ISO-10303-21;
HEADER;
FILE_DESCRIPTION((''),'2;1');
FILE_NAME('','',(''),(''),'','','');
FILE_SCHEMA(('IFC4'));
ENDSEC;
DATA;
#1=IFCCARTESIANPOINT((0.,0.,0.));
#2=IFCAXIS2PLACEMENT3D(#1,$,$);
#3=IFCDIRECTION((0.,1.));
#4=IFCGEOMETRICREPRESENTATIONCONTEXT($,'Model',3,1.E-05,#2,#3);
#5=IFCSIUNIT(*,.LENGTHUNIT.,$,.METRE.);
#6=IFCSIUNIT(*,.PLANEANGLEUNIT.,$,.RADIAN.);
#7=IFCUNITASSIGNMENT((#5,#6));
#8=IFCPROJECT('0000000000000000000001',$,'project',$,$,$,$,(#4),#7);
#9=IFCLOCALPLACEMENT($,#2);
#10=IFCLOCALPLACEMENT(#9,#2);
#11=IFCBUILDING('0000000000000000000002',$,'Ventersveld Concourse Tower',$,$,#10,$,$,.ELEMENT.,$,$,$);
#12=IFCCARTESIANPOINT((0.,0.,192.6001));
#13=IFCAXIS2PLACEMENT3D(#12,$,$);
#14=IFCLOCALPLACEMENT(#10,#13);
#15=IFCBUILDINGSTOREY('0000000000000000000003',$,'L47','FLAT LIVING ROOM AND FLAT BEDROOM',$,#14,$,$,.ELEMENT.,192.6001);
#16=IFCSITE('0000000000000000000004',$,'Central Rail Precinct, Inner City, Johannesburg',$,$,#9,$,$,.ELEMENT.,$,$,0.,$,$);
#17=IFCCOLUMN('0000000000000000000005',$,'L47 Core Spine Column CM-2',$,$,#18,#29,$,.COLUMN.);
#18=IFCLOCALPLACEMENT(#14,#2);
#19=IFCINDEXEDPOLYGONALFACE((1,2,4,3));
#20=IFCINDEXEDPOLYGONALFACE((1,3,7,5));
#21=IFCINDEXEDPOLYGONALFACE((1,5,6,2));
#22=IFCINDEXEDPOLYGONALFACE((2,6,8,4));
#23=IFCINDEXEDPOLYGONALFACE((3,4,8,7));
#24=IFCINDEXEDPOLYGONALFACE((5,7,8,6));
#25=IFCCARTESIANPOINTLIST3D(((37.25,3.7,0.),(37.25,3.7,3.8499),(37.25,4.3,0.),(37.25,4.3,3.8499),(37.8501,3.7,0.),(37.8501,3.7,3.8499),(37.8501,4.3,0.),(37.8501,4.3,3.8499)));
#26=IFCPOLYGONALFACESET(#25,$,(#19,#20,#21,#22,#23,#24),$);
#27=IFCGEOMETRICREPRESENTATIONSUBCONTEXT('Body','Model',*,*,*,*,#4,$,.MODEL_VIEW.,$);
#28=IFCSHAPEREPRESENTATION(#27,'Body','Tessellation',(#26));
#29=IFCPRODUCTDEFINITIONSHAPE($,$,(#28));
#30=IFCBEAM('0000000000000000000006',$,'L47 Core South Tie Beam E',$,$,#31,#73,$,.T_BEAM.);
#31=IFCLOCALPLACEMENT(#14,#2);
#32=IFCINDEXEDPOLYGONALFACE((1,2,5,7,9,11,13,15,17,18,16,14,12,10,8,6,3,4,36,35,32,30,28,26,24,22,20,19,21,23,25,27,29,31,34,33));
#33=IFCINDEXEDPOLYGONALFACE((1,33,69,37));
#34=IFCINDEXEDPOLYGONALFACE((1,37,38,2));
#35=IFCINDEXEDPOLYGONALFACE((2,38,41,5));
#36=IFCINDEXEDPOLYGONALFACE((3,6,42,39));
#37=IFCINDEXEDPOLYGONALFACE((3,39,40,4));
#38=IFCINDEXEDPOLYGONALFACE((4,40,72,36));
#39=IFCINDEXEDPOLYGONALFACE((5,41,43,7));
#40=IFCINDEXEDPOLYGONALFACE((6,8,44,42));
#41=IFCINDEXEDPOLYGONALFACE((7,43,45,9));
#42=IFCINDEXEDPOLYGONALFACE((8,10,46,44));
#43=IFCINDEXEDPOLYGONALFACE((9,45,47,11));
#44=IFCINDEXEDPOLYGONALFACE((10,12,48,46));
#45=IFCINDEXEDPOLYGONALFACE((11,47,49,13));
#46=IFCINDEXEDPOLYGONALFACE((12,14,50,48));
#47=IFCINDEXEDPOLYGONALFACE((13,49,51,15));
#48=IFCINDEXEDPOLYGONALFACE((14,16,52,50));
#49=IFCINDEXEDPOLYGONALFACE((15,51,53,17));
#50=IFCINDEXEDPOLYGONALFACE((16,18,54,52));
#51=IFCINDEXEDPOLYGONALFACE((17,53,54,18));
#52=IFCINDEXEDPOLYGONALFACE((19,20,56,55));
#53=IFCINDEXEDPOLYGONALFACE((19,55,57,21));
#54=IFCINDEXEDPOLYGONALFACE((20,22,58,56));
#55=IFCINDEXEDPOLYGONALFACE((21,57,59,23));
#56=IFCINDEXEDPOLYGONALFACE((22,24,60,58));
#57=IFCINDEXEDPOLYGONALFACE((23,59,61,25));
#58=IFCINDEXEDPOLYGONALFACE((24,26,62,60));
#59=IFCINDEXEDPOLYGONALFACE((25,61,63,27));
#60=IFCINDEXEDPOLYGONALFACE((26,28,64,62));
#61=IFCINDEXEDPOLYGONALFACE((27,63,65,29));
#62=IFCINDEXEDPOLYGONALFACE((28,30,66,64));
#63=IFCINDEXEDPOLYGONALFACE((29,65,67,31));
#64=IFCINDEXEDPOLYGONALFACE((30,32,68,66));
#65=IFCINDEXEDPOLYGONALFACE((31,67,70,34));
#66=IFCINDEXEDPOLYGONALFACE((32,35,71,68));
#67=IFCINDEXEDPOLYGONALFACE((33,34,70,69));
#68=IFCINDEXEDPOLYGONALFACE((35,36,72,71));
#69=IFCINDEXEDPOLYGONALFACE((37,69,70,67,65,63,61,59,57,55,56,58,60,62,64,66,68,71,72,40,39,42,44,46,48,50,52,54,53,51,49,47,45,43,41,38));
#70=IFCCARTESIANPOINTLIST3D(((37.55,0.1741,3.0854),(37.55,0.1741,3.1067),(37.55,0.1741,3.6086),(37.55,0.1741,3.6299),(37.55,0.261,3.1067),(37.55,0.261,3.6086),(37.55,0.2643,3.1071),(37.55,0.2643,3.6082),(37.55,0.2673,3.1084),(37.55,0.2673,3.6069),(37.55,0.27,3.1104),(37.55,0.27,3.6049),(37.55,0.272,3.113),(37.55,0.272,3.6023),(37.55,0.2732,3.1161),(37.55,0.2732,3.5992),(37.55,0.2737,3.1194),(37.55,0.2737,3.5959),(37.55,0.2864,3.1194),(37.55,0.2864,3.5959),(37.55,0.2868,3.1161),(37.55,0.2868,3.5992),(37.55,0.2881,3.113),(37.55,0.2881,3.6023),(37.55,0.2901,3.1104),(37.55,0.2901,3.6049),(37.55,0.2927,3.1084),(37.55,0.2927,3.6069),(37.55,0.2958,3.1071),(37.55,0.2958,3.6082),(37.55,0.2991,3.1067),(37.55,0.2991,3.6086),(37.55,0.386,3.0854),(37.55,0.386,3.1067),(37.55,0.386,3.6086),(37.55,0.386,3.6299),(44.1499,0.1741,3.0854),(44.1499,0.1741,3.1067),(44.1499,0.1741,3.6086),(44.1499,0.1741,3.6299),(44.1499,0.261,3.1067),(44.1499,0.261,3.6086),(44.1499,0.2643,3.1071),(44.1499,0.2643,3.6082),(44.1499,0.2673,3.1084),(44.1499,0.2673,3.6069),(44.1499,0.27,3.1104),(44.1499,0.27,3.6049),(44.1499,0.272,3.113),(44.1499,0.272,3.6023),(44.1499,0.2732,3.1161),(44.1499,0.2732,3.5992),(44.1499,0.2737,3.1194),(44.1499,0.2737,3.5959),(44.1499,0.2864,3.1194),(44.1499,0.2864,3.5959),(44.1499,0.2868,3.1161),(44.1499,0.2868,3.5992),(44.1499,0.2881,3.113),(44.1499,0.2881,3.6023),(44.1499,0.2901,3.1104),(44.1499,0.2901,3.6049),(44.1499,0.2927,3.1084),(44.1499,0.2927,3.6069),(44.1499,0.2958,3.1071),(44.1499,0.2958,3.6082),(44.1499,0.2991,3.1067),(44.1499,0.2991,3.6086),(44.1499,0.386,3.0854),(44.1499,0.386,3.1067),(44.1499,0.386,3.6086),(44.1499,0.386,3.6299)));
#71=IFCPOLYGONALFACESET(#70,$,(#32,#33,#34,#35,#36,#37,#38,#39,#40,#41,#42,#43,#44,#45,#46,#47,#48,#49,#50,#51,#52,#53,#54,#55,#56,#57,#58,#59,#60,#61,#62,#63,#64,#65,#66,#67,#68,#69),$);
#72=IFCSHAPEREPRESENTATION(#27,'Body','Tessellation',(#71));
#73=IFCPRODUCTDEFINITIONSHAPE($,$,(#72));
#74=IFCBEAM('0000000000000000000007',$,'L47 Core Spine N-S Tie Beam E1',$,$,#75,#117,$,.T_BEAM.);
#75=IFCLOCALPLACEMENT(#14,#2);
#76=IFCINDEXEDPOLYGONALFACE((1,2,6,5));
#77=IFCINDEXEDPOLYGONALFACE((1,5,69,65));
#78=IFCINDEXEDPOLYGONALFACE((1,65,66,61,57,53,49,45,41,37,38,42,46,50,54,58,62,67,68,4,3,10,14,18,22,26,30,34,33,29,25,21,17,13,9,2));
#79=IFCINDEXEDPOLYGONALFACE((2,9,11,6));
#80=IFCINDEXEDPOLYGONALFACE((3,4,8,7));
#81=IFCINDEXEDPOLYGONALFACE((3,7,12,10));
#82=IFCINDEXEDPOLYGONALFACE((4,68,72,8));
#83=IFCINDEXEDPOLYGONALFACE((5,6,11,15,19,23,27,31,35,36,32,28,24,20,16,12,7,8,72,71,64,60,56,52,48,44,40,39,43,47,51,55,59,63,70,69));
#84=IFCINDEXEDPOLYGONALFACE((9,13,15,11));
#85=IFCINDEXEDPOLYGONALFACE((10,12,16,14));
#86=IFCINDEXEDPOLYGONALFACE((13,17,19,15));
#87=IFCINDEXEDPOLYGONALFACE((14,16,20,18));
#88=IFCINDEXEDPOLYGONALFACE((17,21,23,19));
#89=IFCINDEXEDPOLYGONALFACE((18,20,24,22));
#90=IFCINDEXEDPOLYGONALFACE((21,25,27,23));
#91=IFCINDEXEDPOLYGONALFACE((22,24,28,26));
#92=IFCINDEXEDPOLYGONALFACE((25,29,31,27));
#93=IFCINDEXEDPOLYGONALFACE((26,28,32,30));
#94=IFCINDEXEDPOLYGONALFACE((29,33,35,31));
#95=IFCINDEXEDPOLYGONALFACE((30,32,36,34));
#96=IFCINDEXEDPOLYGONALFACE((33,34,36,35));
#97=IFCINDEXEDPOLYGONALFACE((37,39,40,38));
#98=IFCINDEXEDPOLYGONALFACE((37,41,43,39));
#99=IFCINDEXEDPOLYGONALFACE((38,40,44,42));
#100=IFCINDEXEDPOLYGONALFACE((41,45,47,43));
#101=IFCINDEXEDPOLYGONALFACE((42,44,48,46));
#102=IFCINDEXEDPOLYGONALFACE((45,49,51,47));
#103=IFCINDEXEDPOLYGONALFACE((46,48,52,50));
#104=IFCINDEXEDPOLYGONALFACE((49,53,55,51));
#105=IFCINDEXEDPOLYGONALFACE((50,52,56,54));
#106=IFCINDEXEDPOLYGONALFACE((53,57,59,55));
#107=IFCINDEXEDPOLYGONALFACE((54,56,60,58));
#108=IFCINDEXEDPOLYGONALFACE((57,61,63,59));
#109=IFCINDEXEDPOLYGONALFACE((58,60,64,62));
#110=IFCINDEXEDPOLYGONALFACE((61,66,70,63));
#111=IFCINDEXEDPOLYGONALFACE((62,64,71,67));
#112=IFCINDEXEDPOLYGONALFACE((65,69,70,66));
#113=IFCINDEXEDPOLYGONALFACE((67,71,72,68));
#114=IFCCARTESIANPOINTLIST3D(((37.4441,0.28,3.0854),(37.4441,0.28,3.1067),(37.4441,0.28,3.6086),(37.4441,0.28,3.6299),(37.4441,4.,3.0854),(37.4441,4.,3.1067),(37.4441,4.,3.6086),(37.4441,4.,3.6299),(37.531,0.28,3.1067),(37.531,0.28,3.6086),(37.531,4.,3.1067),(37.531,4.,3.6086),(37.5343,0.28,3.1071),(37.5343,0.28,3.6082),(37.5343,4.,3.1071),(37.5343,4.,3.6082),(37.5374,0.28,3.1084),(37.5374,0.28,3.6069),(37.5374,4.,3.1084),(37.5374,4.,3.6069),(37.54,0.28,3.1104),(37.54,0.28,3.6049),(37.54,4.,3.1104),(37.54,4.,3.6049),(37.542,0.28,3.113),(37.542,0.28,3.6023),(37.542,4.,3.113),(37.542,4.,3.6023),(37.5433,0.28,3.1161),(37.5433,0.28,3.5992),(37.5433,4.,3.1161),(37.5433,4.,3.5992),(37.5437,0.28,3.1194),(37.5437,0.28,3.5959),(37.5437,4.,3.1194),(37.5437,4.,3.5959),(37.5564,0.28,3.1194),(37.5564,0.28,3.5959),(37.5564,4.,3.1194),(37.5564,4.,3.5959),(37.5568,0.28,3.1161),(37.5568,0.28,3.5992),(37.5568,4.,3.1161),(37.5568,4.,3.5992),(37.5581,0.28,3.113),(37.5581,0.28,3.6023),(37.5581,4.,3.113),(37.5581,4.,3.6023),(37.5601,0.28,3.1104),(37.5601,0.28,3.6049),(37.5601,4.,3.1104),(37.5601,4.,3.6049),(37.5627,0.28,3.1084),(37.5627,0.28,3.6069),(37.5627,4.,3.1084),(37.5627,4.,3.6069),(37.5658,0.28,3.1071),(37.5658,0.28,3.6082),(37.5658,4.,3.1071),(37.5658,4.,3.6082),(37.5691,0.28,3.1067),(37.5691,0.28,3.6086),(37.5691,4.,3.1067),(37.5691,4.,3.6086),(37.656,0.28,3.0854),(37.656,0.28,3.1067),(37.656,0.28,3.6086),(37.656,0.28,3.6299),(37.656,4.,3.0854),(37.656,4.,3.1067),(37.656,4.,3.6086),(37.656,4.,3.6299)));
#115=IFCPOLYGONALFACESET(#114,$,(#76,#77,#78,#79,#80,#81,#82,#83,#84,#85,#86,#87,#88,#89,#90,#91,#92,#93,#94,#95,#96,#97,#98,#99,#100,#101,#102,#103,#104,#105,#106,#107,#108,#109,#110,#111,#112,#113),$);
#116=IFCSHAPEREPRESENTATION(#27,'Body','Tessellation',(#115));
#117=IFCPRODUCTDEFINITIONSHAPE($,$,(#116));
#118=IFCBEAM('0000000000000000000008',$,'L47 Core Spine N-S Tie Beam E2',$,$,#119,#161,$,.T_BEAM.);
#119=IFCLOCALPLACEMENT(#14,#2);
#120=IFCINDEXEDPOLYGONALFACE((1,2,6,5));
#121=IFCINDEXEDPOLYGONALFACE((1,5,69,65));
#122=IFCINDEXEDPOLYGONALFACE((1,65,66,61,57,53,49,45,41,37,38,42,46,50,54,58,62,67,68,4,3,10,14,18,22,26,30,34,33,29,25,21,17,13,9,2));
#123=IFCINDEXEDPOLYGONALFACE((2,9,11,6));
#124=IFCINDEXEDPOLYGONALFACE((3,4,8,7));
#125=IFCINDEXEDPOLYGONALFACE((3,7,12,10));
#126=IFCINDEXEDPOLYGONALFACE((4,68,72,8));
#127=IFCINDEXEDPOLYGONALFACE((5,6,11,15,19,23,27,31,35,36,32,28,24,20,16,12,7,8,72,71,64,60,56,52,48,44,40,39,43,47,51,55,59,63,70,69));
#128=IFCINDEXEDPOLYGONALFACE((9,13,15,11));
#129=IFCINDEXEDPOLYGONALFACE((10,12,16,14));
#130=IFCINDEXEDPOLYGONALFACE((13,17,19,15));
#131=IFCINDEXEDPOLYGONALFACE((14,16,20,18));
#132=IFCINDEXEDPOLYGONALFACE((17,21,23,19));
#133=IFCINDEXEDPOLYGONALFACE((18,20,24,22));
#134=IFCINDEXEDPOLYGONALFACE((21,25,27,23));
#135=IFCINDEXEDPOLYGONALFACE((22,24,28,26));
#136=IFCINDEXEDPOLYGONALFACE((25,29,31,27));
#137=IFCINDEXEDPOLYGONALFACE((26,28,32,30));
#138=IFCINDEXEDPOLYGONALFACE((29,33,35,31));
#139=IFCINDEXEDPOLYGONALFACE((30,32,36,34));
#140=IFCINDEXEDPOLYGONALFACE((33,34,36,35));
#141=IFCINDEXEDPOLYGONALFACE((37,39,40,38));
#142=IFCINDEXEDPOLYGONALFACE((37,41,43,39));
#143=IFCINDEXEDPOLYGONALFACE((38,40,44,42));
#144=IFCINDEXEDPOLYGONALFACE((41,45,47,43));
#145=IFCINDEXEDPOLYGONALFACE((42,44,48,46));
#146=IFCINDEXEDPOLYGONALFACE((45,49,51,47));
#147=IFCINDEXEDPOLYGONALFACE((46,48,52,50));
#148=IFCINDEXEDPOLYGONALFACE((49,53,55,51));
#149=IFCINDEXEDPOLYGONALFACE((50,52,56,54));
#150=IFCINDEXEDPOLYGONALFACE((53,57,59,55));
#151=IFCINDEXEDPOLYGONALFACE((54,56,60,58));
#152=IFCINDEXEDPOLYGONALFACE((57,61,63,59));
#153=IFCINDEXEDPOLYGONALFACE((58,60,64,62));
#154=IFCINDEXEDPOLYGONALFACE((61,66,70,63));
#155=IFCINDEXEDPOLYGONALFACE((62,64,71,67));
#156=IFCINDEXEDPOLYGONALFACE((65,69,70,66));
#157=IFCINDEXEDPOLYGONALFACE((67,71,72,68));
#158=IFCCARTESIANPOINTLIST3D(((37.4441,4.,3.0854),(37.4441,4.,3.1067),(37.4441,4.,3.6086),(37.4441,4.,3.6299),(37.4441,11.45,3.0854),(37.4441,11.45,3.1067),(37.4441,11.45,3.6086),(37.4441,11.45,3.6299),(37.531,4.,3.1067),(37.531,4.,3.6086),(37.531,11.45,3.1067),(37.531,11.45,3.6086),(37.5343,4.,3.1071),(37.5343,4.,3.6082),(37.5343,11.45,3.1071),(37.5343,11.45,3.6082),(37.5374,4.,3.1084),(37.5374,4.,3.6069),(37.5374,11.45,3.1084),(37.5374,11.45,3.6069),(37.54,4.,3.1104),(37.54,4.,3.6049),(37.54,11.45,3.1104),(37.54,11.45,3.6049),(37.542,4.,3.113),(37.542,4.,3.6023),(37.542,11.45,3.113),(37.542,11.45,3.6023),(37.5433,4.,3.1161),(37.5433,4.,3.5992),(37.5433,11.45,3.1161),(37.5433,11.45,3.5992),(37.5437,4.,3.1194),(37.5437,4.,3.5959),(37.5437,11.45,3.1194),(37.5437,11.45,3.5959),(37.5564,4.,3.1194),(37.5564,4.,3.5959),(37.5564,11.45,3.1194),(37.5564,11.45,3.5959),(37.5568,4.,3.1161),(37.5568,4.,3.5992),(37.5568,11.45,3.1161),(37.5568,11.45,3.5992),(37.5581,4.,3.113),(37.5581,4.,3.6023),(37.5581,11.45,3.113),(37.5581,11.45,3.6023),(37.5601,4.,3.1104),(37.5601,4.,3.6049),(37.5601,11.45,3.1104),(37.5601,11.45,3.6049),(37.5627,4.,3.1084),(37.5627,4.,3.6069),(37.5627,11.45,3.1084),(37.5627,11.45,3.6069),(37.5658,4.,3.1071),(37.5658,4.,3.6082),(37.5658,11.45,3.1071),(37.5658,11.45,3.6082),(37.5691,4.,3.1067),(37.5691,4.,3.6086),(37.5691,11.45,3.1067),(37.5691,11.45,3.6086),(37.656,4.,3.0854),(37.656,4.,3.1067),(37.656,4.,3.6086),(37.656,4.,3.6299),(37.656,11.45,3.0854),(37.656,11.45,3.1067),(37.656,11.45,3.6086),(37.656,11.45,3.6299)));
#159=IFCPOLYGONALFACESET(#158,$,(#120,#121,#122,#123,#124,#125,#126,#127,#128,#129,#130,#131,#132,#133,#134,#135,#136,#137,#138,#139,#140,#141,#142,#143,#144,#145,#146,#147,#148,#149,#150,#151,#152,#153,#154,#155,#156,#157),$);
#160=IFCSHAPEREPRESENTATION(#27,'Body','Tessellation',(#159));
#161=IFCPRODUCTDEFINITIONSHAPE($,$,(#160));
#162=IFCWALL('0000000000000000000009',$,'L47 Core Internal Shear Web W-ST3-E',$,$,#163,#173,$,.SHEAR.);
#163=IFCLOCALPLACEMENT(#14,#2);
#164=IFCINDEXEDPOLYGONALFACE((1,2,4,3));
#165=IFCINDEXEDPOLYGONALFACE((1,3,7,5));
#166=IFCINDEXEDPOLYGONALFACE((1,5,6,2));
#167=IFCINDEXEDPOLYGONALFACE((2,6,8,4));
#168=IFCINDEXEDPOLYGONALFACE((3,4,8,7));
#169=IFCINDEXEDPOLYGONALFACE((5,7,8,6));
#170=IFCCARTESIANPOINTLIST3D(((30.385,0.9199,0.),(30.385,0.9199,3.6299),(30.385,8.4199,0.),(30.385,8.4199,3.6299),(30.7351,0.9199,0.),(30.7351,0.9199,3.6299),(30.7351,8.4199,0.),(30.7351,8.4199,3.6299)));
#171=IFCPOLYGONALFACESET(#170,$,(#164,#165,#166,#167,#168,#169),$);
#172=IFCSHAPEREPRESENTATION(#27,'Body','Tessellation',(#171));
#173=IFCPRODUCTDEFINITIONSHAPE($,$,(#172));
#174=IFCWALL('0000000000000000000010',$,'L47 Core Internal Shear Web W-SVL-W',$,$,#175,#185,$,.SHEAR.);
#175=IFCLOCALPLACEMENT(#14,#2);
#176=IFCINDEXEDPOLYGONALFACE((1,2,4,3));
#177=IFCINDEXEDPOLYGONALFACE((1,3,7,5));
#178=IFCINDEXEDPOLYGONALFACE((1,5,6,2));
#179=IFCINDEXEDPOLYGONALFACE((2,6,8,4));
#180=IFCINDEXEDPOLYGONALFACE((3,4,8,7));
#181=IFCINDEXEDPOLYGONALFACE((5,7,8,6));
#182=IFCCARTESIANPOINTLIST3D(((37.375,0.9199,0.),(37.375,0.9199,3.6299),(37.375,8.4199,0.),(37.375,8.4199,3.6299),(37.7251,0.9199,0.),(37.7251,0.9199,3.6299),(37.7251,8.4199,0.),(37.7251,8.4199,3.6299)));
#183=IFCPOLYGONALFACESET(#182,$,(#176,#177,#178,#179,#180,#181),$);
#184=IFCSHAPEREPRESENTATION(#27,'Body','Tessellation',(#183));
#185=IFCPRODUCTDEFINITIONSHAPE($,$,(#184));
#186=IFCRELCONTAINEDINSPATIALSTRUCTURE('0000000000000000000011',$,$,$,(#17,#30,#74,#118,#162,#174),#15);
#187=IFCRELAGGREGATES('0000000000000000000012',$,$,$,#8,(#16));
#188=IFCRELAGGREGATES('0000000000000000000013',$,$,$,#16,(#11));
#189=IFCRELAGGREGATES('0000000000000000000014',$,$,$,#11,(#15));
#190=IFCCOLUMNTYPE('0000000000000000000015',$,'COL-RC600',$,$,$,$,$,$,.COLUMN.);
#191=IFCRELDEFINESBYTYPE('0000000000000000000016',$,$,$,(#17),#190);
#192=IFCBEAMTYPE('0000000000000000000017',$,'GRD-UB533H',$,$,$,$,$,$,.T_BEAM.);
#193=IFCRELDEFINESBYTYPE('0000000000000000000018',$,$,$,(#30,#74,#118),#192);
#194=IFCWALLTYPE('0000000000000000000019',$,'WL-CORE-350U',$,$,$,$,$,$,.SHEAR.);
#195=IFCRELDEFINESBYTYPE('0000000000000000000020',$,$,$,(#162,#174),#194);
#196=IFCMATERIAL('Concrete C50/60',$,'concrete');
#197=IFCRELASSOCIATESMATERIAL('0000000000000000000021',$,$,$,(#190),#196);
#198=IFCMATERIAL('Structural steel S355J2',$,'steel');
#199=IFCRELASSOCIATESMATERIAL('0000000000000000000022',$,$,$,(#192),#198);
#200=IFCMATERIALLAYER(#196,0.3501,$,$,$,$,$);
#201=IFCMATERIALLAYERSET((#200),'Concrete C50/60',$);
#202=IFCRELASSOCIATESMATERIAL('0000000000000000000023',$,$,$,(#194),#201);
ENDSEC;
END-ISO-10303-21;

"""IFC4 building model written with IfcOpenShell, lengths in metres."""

from ifc_helpers import new_model, si_unit, direction, frame, frame_2d, origin, origin_2d, place, context, subcontext, project, spatial, rectangle, i_section, extrude, material, layer, layer_set, material_profile, profile_set, type_object, element, save


model = new_model("IFC4")

# Units and contexts
model_context = context("Model", 3, precision=1e-05, world=origin(), true_north=direction((0.0, 1.0)))
body_context = subcontext(model_context, "Body", "Model", "MODEL_VIEW")
ifc_project = project(units=[si_unit("LENGTHUNIT", "METRE"), si_unit("PLANEANGLEUNIT", "RADIAN")], contexts=[model_context])

# Site, building, storey
site_placement = place(None, origin())
site = spatial("IfcSite", under=ifc_project, at=site_placement, Name="Central Rail Precinct, Inner City, Johannesburg", CompositionType="ELEMENT", RefElevation=0.0)
building_placement = place(site_placement, origin())
building = spatial("IfcBuilding", under=site, at=building_placement, Name="Ventersveld Concourse Tower", CompositionType="ELEMENT")
storey_placement = place(building_placement, frame((0.0, 0.0, 192.6001)))
storey = spatial("IfcBuildingStorey", under=building, at=storey_placement, Name="L47", Description="FLAT LIVING ROOM AND FLAT BEDROOM", CompositionType="ELEMENT", Elevation=192.6001)

# Column
ifc_material_1 = material(Name="Concrete C50/60", Category="concrete")
ifc_material_profile_1 = material_profile(ifc_material_1, rectangle(XDim=0.6001, YDim=0.6001, at=origin_2d()), Name="RC 600x600")
ifc_profile_set_1 = profile_set([ifc_material_profile_1], Name="Concrete C50/60")
column_type = type_object("IfcColumnType", Name="COL-RC600", PredefinedType="COLUMN", material=ifc_profile_set_1)
column_placement = place(storey_placement, frame((37.55, 4.0, 0.0), z_axis=(0.0, 0.0, 1.0), x_axis=(1.0, 0.0, 0.0)))
element("IfcColumn", 1, at=column_placement, inside=storey, type_object=column_type, Name="L47 Core Spine Column CM-2", PredefinedType="COLUMN", context=body_context, shape_type="SweptSolid", body=[
    extrude(rectangle(XDim=0.6001, YDim=0.6001, at=origin_2d()), origin(), (0.0, 0.0, 1.0), 3.8499),
])

# Beams
ifc_material_2 = material(Name="Structural steel S355J2", Category="steel")
ifc_material_profile_2 = material_profile(ifc_material_2, i_section(OverallWidth=0.2119, OverallDepth=0.5444, WebThickness=0.0127, FlangeThickness=0.0212, FilletRadius=0.0127, at=origin_2d()), Name="UB 533x210x122")
ifc_profile_set_2 = profile_set([ifc_material_profile_2], Name="Structural steel S355J2")
beam_type = type_object("IfcBeamType", Name="GRD-UB533H", PredefinedType="T_BEAM", material=ifc_profile_set_2)
beam_1_placement = place(storey_placement, frame((37.55, 0.28, 3.3577), z_axis=(1.0, 0.0, 0.0), x_axis=(0.0, 1.0, 0.0)))
element("IfcBeam", 2, at=beam_1_placement, inside=storey, type_object=beam_type, Name="L47 Core South Tie Beam E", PredefinedType="T_BEAM", context=body_context, shape_type="SweptSolid", body=[
    extrude(i_section(OverallWidth=0.2119, OverallDepth=0.5444, WebThickness=0.0127, FlangeThickness=0.0212, FilletRadius=0.0127, at=origin_2d()), origin(), (0.0, 0.0, 1.0), 6.5999),
])
beam_2_placement = place(storey_placement, frame((37.55, 0.28, 3.3577), z_axis=(0.0, 1.0, 0.0), x_axis=(-1.0, 0.0, 0.0)))
element("IfcBeam", 3, at=beam_2_placement, inside=storey, type_object=beam_type, Name="L47 Core Spine N-S Tie Beam E1", PredefinedType="T_BEAM", context=body_context, shape_type="SweptSolid", body=[
    extrude(i_section(OverallWidth=0.2119, OverallDepth=0.5444, WebThickness=0.0127, FlangeThickness=0.0212, FilletRadius=0.0127, at=origin_2d()), origin(), (0.0, 0.0, 1.0), 3.72),
])
beam_3_placement = place(storey_placement, frame((37.55, 4.0, 3.3577), z_axis=(0.0, 1.0, 0.0), x_axis=(-1.0, 0.0, 0.0)))
element("IfcBeam", 4, at=beam_3_placement, inside=storey, type_object=beam_type, Name="L47 Core Spine N-S Tie Beam E2", PredefinedType="T_BEAM", context=body_context, shape_type="SweptSolid", body=[
    extrude(i_section(OverallWidth=0.2119, OverallDepth=0.5444, WebThickness=0.0127, FlangeThickness=0.0212, FilletRadius=0.0127, at=origin_2d()), origin(), (0.0, 0.0, 1.0), 7.45),
])

# Walls
ifc_layer_1 = layer(ifc_material_1, 0.3501)
ifc_layer_set_1 = layer_set([ifc_layer_1], Name="Concrete C50/60")
wall_type_1 = type_object("IfcWallType", Name="WL-CORE-350U", PredefinedType="SHEAR", material=ifc_layer_set_1)
for number, where, z_axis, x_axis, name in (
    (5, (30.5601, 0.9199, 0.0), (0.0, 0.0, 1.0), (0.0, 1.0, 0.0), "L47 Core Internal Shear Web W-ST3-E"),
    (6, (37.55, 0.9199, 0.0), (0.0, 0.0, 1.0), (0.0, 1.0, 0.0), "L47 Core Internal Shear Web W-SVL-W"),
):
    element("IfcWall", number, at=place(storey_placement, frame(where, z_axis=z_axis, x_axis=x_axis)), inside=storey, type_object=wall_type_1, Name=name, PredefinedType="SHEAR", context=body_context, shape_type="SweptSolid", body=[
        extrude(rectangle(XDim=7.5, YDim=0.3501, at=frame_2d((3.75, 0.0))), origin(), (0.0, 0.0, 1.0), 3.6299),
    ])

save(model, "model.ifc")
